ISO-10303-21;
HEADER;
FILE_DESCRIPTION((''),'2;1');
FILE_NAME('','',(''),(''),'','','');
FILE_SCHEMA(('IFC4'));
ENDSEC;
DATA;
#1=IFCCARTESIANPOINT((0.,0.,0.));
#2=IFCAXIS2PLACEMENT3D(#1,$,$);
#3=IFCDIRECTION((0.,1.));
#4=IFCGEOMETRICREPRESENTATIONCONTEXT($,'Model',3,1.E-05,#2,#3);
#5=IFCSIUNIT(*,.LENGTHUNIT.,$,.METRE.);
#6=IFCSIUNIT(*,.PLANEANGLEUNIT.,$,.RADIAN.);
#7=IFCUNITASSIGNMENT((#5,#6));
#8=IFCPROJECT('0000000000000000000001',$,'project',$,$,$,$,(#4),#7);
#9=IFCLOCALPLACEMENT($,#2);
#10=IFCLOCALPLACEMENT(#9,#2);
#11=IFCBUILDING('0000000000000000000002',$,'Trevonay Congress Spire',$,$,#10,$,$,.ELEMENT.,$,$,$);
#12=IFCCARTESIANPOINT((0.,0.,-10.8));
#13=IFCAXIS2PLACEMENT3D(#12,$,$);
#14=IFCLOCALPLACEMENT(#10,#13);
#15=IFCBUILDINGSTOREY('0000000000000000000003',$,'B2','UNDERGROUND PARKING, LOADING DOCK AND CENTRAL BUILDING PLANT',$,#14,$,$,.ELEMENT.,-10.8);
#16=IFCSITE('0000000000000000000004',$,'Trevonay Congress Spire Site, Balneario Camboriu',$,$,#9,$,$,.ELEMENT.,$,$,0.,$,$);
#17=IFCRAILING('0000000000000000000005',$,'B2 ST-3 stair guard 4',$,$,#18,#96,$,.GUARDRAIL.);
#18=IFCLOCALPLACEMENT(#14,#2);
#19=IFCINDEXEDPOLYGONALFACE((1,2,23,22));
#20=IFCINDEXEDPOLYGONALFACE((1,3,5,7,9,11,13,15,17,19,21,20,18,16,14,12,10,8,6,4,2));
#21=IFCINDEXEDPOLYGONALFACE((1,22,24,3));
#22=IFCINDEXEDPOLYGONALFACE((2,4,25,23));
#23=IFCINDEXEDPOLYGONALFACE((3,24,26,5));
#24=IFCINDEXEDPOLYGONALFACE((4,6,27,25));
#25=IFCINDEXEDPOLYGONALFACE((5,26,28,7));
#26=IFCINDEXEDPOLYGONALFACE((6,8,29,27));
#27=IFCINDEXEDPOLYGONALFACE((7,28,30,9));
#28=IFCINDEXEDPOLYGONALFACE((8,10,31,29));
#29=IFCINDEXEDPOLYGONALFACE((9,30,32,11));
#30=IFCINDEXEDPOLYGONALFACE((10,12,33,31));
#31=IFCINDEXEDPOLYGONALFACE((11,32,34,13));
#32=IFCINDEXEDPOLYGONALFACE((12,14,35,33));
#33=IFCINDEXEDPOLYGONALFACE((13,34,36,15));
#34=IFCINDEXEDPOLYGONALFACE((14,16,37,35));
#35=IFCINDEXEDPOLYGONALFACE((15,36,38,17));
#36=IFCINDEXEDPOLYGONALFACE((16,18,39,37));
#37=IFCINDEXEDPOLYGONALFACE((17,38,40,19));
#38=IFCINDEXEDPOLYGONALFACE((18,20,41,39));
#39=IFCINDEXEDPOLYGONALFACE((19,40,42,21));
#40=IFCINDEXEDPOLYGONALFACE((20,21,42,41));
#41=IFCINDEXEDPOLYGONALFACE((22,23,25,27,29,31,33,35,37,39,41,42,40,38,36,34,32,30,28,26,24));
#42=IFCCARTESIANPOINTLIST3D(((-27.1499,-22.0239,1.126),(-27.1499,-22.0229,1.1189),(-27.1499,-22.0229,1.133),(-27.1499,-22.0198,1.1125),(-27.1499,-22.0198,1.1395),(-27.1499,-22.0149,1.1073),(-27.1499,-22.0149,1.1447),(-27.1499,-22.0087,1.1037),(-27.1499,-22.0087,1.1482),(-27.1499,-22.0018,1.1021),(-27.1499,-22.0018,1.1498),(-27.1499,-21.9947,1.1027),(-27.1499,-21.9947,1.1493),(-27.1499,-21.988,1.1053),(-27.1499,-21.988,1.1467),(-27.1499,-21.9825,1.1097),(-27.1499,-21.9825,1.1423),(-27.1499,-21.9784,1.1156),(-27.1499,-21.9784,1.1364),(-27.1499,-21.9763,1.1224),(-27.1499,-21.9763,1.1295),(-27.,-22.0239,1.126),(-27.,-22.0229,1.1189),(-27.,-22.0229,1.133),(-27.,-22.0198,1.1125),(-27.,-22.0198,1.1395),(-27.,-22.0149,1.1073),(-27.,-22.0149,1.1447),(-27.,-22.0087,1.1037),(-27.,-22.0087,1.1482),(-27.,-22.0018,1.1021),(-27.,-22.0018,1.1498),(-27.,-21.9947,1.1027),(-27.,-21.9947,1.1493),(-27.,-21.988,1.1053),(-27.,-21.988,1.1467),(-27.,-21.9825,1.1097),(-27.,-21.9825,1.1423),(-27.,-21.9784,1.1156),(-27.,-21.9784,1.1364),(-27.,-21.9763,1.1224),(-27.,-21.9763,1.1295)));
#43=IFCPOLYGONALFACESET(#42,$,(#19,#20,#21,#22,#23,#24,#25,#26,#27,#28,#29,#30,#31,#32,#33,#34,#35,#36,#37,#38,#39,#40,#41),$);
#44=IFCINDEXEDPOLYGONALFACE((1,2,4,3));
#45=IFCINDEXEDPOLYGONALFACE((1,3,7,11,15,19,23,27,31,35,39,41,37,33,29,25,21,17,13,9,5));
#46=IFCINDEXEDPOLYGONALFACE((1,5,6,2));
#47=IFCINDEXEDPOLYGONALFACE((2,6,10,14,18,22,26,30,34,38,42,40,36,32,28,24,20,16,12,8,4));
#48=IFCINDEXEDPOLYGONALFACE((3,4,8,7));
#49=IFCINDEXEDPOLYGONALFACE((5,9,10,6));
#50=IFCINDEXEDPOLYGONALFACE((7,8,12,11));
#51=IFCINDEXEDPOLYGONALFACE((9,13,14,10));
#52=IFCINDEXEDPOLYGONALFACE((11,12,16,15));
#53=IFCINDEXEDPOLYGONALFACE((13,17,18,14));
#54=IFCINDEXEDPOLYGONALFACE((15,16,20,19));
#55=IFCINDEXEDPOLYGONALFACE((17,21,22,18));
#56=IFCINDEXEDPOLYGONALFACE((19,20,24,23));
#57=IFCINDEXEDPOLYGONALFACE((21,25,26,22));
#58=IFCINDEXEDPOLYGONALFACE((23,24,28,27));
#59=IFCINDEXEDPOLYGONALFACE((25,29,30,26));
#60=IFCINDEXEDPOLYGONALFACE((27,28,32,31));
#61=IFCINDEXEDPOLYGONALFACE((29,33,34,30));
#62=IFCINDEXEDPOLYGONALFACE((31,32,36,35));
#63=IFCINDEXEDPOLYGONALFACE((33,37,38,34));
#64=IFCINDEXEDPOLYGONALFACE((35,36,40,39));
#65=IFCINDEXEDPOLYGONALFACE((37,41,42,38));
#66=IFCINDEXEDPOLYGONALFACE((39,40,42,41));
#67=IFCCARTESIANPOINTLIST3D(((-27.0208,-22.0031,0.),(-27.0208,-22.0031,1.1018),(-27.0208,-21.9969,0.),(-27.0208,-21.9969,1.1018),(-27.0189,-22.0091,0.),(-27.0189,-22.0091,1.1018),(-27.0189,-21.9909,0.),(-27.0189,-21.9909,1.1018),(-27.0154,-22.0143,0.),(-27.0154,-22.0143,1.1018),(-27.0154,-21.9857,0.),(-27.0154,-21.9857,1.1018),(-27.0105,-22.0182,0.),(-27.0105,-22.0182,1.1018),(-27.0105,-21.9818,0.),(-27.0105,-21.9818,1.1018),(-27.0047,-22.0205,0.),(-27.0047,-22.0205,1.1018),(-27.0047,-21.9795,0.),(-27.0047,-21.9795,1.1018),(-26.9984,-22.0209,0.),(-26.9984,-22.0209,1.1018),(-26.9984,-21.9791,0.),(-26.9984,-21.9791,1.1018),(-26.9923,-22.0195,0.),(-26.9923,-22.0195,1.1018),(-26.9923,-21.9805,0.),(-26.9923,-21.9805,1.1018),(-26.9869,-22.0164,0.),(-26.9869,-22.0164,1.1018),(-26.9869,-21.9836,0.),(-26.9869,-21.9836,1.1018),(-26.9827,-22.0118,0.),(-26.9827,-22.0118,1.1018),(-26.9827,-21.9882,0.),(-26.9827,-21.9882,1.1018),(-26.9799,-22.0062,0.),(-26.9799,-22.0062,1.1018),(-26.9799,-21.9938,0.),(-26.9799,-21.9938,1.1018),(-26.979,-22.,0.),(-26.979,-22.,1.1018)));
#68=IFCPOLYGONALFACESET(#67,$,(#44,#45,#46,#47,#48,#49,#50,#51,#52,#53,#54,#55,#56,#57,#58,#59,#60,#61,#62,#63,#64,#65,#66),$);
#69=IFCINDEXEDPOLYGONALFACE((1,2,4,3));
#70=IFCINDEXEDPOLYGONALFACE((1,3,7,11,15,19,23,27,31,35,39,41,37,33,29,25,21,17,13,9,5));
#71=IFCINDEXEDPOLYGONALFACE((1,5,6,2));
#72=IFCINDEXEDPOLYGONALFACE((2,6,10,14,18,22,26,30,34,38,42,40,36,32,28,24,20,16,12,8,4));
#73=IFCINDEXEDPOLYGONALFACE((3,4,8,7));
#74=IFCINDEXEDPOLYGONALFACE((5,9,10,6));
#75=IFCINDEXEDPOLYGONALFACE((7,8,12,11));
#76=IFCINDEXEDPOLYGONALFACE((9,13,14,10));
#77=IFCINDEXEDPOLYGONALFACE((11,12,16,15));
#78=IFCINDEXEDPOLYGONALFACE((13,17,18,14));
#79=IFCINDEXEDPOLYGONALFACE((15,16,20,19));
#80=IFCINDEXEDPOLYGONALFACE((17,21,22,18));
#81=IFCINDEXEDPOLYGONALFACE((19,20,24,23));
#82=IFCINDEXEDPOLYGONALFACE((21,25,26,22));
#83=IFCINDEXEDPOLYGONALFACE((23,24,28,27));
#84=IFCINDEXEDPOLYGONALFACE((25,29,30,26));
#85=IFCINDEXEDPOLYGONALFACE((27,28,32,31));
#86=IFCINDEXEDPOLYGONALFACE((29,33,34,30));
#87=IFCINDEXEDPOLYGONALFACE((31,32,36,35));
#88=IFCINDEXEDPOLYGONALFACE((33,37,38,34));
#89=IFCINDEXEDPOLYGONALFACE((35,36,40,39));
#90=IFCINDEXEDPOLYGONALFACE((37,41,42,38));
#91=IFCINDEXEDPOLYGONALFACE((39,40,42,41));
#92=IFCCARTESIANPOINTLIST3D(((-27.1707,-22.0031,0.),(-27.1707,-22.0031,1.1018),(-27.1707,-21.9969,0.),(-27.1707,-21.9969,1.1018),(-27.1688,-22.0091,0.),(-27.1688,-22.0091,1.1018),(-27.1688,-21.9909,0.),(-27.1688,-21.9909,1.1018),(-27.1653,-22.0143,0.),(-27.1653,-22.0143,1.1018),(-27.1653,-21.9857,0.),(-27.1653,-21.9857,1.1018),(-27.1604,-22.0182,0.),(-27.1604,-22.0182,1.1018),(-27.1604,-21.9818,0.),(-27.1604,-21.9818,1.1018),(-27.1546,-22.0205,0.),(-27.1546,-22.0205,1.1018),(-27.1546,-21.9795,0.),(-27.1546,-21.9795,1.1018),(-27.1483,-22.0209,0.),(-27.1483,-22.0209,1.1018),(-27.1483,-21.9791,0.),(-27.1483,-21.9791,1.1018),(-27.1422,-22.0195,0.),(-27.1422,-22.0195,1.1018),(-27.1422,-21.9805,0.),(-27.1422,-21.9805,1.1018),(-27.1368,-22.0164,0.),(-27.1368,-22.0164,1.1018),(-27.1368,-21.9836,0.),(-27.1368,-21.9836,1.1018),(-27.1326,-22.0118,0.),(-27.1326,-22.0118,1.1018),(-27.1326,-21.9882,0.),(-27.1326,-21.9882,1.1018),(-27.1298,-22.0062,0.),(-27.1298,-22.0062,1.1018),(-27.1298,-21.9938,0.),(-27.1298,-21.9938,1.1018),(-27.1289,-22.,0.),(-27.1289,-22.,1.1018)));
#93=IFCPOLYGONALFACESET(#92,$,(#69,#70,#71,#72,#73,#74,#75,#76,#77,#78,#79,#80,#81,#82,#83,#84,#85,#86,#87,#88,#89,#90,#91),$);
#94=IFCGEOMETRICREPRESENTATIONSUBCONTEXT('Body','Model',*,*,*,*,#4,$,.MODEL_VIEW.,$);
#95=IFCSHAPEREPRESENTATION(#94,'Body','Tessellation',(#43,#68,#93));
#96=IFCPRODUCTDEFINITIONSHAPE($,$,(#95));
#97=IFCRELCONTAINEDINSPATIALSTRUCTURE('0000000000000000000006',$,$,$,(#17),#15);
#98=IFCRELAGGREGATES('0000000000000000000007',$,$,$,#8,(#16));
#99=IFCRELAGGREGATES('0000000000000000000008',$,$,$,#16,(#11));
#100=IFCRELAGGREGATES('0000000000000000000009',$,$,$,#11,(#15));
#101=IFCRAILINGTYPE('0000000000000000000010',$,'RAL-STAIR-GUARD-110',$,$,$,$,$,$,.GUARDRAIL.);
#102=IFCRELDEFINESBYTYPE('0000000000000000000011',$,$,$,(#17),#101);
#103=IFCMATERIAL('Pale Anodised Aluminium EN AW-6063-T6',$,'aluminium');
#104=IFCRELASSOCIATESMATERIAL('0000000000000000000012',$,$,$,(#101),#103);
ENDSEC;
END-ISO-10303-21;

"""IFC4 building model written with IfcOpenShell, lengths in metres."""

from ifc_helpers import new_model, si_unit, direction, frame, origin, origin_2d, place, context, subcontext, project, spatial, circle, extrude, material, type_object, element, save


model = new_model("IFC4")

# Units and contexts
model_context = context("Model", 3, precision=1e-05, world=origin(), true_north=direction((0.0, 1.0)))
body_context = subcontext(model_context, "Body", "Model", "MODEL_VIEW")
ifc_project = project(units=[si_unit("LENGTHUNIT", "METRE"), si_unit("PLANEANGLEUNIT", "RADIAN")], contexts=[model_context])

# Site, building, storey
site_placement = place(None, origin())
site = spatial("IfcSite", under=ifc_project, at=site_placement, Name="Trevonay Congress Spire Site, Balneario Camboriu", CompositionType="ELEMENT", RefElevation=0.0)
building_placement = place(site_placement, origin())
building = spatial("IfcBuilding", under=site, at=building_placement, Name="Trevonay Congress Spire", CompositionType="ELEMENT")
storey_placement = place(building_placement, frame((0.0, 0.0, -10.8)))
storey = spatial("IfcBuildingStorey", under=building, at=storey_placement, Name="B2", Description="UNDERGROUND PARKING, LOADING DOCK AND CENTRAL BUILDING PLANT", CompositionType="ELEMENT", Elevation=-10.8)

# Railing
ifc_material_1 = material(Name="Pale Anodised Aluminium EN AW-6063-T6", Category="aluminium")
railing_type_1 = type_object("IfcRailingType", Name="RAL-STAIR-GUARD-110", PredefinedType="GUARDRAIL", material=ifc_material_1)
railing_1_placement = place(storey_placement, frame((-27.0, -22.0, 0.0)))
element("IfcRailing", 1, at=railing_1_placement, inside=storey, type_object=railing_type_1, Name="B2 ST-3 stair guard 4", PredefinedType="GUARDRAIL", context=body_context, shape_type="SweptSolid", body=[
    extrude(circle(Radius=0.0239, at=origin_2d()), frame((0.0, 0.0, 1.126), z_axis=(-1.0, 0.0, 0.0), x_axis=(0.0, -1.0, 0.0)), (0.0, 0.0, 1.0), 0.1499),
    extrude(circle(Radius=0.021, at=origin_2d()), origin(), (0.0, 0.0, 1.0), 1.1018),
    extrude(circle(Radius=0.021, at=origin_2d()), frame((-0.1499, 0.0, 0.0)), (0.0, 0.0, 1.0), 1.1018),
])

save(model, "model.ifc")
